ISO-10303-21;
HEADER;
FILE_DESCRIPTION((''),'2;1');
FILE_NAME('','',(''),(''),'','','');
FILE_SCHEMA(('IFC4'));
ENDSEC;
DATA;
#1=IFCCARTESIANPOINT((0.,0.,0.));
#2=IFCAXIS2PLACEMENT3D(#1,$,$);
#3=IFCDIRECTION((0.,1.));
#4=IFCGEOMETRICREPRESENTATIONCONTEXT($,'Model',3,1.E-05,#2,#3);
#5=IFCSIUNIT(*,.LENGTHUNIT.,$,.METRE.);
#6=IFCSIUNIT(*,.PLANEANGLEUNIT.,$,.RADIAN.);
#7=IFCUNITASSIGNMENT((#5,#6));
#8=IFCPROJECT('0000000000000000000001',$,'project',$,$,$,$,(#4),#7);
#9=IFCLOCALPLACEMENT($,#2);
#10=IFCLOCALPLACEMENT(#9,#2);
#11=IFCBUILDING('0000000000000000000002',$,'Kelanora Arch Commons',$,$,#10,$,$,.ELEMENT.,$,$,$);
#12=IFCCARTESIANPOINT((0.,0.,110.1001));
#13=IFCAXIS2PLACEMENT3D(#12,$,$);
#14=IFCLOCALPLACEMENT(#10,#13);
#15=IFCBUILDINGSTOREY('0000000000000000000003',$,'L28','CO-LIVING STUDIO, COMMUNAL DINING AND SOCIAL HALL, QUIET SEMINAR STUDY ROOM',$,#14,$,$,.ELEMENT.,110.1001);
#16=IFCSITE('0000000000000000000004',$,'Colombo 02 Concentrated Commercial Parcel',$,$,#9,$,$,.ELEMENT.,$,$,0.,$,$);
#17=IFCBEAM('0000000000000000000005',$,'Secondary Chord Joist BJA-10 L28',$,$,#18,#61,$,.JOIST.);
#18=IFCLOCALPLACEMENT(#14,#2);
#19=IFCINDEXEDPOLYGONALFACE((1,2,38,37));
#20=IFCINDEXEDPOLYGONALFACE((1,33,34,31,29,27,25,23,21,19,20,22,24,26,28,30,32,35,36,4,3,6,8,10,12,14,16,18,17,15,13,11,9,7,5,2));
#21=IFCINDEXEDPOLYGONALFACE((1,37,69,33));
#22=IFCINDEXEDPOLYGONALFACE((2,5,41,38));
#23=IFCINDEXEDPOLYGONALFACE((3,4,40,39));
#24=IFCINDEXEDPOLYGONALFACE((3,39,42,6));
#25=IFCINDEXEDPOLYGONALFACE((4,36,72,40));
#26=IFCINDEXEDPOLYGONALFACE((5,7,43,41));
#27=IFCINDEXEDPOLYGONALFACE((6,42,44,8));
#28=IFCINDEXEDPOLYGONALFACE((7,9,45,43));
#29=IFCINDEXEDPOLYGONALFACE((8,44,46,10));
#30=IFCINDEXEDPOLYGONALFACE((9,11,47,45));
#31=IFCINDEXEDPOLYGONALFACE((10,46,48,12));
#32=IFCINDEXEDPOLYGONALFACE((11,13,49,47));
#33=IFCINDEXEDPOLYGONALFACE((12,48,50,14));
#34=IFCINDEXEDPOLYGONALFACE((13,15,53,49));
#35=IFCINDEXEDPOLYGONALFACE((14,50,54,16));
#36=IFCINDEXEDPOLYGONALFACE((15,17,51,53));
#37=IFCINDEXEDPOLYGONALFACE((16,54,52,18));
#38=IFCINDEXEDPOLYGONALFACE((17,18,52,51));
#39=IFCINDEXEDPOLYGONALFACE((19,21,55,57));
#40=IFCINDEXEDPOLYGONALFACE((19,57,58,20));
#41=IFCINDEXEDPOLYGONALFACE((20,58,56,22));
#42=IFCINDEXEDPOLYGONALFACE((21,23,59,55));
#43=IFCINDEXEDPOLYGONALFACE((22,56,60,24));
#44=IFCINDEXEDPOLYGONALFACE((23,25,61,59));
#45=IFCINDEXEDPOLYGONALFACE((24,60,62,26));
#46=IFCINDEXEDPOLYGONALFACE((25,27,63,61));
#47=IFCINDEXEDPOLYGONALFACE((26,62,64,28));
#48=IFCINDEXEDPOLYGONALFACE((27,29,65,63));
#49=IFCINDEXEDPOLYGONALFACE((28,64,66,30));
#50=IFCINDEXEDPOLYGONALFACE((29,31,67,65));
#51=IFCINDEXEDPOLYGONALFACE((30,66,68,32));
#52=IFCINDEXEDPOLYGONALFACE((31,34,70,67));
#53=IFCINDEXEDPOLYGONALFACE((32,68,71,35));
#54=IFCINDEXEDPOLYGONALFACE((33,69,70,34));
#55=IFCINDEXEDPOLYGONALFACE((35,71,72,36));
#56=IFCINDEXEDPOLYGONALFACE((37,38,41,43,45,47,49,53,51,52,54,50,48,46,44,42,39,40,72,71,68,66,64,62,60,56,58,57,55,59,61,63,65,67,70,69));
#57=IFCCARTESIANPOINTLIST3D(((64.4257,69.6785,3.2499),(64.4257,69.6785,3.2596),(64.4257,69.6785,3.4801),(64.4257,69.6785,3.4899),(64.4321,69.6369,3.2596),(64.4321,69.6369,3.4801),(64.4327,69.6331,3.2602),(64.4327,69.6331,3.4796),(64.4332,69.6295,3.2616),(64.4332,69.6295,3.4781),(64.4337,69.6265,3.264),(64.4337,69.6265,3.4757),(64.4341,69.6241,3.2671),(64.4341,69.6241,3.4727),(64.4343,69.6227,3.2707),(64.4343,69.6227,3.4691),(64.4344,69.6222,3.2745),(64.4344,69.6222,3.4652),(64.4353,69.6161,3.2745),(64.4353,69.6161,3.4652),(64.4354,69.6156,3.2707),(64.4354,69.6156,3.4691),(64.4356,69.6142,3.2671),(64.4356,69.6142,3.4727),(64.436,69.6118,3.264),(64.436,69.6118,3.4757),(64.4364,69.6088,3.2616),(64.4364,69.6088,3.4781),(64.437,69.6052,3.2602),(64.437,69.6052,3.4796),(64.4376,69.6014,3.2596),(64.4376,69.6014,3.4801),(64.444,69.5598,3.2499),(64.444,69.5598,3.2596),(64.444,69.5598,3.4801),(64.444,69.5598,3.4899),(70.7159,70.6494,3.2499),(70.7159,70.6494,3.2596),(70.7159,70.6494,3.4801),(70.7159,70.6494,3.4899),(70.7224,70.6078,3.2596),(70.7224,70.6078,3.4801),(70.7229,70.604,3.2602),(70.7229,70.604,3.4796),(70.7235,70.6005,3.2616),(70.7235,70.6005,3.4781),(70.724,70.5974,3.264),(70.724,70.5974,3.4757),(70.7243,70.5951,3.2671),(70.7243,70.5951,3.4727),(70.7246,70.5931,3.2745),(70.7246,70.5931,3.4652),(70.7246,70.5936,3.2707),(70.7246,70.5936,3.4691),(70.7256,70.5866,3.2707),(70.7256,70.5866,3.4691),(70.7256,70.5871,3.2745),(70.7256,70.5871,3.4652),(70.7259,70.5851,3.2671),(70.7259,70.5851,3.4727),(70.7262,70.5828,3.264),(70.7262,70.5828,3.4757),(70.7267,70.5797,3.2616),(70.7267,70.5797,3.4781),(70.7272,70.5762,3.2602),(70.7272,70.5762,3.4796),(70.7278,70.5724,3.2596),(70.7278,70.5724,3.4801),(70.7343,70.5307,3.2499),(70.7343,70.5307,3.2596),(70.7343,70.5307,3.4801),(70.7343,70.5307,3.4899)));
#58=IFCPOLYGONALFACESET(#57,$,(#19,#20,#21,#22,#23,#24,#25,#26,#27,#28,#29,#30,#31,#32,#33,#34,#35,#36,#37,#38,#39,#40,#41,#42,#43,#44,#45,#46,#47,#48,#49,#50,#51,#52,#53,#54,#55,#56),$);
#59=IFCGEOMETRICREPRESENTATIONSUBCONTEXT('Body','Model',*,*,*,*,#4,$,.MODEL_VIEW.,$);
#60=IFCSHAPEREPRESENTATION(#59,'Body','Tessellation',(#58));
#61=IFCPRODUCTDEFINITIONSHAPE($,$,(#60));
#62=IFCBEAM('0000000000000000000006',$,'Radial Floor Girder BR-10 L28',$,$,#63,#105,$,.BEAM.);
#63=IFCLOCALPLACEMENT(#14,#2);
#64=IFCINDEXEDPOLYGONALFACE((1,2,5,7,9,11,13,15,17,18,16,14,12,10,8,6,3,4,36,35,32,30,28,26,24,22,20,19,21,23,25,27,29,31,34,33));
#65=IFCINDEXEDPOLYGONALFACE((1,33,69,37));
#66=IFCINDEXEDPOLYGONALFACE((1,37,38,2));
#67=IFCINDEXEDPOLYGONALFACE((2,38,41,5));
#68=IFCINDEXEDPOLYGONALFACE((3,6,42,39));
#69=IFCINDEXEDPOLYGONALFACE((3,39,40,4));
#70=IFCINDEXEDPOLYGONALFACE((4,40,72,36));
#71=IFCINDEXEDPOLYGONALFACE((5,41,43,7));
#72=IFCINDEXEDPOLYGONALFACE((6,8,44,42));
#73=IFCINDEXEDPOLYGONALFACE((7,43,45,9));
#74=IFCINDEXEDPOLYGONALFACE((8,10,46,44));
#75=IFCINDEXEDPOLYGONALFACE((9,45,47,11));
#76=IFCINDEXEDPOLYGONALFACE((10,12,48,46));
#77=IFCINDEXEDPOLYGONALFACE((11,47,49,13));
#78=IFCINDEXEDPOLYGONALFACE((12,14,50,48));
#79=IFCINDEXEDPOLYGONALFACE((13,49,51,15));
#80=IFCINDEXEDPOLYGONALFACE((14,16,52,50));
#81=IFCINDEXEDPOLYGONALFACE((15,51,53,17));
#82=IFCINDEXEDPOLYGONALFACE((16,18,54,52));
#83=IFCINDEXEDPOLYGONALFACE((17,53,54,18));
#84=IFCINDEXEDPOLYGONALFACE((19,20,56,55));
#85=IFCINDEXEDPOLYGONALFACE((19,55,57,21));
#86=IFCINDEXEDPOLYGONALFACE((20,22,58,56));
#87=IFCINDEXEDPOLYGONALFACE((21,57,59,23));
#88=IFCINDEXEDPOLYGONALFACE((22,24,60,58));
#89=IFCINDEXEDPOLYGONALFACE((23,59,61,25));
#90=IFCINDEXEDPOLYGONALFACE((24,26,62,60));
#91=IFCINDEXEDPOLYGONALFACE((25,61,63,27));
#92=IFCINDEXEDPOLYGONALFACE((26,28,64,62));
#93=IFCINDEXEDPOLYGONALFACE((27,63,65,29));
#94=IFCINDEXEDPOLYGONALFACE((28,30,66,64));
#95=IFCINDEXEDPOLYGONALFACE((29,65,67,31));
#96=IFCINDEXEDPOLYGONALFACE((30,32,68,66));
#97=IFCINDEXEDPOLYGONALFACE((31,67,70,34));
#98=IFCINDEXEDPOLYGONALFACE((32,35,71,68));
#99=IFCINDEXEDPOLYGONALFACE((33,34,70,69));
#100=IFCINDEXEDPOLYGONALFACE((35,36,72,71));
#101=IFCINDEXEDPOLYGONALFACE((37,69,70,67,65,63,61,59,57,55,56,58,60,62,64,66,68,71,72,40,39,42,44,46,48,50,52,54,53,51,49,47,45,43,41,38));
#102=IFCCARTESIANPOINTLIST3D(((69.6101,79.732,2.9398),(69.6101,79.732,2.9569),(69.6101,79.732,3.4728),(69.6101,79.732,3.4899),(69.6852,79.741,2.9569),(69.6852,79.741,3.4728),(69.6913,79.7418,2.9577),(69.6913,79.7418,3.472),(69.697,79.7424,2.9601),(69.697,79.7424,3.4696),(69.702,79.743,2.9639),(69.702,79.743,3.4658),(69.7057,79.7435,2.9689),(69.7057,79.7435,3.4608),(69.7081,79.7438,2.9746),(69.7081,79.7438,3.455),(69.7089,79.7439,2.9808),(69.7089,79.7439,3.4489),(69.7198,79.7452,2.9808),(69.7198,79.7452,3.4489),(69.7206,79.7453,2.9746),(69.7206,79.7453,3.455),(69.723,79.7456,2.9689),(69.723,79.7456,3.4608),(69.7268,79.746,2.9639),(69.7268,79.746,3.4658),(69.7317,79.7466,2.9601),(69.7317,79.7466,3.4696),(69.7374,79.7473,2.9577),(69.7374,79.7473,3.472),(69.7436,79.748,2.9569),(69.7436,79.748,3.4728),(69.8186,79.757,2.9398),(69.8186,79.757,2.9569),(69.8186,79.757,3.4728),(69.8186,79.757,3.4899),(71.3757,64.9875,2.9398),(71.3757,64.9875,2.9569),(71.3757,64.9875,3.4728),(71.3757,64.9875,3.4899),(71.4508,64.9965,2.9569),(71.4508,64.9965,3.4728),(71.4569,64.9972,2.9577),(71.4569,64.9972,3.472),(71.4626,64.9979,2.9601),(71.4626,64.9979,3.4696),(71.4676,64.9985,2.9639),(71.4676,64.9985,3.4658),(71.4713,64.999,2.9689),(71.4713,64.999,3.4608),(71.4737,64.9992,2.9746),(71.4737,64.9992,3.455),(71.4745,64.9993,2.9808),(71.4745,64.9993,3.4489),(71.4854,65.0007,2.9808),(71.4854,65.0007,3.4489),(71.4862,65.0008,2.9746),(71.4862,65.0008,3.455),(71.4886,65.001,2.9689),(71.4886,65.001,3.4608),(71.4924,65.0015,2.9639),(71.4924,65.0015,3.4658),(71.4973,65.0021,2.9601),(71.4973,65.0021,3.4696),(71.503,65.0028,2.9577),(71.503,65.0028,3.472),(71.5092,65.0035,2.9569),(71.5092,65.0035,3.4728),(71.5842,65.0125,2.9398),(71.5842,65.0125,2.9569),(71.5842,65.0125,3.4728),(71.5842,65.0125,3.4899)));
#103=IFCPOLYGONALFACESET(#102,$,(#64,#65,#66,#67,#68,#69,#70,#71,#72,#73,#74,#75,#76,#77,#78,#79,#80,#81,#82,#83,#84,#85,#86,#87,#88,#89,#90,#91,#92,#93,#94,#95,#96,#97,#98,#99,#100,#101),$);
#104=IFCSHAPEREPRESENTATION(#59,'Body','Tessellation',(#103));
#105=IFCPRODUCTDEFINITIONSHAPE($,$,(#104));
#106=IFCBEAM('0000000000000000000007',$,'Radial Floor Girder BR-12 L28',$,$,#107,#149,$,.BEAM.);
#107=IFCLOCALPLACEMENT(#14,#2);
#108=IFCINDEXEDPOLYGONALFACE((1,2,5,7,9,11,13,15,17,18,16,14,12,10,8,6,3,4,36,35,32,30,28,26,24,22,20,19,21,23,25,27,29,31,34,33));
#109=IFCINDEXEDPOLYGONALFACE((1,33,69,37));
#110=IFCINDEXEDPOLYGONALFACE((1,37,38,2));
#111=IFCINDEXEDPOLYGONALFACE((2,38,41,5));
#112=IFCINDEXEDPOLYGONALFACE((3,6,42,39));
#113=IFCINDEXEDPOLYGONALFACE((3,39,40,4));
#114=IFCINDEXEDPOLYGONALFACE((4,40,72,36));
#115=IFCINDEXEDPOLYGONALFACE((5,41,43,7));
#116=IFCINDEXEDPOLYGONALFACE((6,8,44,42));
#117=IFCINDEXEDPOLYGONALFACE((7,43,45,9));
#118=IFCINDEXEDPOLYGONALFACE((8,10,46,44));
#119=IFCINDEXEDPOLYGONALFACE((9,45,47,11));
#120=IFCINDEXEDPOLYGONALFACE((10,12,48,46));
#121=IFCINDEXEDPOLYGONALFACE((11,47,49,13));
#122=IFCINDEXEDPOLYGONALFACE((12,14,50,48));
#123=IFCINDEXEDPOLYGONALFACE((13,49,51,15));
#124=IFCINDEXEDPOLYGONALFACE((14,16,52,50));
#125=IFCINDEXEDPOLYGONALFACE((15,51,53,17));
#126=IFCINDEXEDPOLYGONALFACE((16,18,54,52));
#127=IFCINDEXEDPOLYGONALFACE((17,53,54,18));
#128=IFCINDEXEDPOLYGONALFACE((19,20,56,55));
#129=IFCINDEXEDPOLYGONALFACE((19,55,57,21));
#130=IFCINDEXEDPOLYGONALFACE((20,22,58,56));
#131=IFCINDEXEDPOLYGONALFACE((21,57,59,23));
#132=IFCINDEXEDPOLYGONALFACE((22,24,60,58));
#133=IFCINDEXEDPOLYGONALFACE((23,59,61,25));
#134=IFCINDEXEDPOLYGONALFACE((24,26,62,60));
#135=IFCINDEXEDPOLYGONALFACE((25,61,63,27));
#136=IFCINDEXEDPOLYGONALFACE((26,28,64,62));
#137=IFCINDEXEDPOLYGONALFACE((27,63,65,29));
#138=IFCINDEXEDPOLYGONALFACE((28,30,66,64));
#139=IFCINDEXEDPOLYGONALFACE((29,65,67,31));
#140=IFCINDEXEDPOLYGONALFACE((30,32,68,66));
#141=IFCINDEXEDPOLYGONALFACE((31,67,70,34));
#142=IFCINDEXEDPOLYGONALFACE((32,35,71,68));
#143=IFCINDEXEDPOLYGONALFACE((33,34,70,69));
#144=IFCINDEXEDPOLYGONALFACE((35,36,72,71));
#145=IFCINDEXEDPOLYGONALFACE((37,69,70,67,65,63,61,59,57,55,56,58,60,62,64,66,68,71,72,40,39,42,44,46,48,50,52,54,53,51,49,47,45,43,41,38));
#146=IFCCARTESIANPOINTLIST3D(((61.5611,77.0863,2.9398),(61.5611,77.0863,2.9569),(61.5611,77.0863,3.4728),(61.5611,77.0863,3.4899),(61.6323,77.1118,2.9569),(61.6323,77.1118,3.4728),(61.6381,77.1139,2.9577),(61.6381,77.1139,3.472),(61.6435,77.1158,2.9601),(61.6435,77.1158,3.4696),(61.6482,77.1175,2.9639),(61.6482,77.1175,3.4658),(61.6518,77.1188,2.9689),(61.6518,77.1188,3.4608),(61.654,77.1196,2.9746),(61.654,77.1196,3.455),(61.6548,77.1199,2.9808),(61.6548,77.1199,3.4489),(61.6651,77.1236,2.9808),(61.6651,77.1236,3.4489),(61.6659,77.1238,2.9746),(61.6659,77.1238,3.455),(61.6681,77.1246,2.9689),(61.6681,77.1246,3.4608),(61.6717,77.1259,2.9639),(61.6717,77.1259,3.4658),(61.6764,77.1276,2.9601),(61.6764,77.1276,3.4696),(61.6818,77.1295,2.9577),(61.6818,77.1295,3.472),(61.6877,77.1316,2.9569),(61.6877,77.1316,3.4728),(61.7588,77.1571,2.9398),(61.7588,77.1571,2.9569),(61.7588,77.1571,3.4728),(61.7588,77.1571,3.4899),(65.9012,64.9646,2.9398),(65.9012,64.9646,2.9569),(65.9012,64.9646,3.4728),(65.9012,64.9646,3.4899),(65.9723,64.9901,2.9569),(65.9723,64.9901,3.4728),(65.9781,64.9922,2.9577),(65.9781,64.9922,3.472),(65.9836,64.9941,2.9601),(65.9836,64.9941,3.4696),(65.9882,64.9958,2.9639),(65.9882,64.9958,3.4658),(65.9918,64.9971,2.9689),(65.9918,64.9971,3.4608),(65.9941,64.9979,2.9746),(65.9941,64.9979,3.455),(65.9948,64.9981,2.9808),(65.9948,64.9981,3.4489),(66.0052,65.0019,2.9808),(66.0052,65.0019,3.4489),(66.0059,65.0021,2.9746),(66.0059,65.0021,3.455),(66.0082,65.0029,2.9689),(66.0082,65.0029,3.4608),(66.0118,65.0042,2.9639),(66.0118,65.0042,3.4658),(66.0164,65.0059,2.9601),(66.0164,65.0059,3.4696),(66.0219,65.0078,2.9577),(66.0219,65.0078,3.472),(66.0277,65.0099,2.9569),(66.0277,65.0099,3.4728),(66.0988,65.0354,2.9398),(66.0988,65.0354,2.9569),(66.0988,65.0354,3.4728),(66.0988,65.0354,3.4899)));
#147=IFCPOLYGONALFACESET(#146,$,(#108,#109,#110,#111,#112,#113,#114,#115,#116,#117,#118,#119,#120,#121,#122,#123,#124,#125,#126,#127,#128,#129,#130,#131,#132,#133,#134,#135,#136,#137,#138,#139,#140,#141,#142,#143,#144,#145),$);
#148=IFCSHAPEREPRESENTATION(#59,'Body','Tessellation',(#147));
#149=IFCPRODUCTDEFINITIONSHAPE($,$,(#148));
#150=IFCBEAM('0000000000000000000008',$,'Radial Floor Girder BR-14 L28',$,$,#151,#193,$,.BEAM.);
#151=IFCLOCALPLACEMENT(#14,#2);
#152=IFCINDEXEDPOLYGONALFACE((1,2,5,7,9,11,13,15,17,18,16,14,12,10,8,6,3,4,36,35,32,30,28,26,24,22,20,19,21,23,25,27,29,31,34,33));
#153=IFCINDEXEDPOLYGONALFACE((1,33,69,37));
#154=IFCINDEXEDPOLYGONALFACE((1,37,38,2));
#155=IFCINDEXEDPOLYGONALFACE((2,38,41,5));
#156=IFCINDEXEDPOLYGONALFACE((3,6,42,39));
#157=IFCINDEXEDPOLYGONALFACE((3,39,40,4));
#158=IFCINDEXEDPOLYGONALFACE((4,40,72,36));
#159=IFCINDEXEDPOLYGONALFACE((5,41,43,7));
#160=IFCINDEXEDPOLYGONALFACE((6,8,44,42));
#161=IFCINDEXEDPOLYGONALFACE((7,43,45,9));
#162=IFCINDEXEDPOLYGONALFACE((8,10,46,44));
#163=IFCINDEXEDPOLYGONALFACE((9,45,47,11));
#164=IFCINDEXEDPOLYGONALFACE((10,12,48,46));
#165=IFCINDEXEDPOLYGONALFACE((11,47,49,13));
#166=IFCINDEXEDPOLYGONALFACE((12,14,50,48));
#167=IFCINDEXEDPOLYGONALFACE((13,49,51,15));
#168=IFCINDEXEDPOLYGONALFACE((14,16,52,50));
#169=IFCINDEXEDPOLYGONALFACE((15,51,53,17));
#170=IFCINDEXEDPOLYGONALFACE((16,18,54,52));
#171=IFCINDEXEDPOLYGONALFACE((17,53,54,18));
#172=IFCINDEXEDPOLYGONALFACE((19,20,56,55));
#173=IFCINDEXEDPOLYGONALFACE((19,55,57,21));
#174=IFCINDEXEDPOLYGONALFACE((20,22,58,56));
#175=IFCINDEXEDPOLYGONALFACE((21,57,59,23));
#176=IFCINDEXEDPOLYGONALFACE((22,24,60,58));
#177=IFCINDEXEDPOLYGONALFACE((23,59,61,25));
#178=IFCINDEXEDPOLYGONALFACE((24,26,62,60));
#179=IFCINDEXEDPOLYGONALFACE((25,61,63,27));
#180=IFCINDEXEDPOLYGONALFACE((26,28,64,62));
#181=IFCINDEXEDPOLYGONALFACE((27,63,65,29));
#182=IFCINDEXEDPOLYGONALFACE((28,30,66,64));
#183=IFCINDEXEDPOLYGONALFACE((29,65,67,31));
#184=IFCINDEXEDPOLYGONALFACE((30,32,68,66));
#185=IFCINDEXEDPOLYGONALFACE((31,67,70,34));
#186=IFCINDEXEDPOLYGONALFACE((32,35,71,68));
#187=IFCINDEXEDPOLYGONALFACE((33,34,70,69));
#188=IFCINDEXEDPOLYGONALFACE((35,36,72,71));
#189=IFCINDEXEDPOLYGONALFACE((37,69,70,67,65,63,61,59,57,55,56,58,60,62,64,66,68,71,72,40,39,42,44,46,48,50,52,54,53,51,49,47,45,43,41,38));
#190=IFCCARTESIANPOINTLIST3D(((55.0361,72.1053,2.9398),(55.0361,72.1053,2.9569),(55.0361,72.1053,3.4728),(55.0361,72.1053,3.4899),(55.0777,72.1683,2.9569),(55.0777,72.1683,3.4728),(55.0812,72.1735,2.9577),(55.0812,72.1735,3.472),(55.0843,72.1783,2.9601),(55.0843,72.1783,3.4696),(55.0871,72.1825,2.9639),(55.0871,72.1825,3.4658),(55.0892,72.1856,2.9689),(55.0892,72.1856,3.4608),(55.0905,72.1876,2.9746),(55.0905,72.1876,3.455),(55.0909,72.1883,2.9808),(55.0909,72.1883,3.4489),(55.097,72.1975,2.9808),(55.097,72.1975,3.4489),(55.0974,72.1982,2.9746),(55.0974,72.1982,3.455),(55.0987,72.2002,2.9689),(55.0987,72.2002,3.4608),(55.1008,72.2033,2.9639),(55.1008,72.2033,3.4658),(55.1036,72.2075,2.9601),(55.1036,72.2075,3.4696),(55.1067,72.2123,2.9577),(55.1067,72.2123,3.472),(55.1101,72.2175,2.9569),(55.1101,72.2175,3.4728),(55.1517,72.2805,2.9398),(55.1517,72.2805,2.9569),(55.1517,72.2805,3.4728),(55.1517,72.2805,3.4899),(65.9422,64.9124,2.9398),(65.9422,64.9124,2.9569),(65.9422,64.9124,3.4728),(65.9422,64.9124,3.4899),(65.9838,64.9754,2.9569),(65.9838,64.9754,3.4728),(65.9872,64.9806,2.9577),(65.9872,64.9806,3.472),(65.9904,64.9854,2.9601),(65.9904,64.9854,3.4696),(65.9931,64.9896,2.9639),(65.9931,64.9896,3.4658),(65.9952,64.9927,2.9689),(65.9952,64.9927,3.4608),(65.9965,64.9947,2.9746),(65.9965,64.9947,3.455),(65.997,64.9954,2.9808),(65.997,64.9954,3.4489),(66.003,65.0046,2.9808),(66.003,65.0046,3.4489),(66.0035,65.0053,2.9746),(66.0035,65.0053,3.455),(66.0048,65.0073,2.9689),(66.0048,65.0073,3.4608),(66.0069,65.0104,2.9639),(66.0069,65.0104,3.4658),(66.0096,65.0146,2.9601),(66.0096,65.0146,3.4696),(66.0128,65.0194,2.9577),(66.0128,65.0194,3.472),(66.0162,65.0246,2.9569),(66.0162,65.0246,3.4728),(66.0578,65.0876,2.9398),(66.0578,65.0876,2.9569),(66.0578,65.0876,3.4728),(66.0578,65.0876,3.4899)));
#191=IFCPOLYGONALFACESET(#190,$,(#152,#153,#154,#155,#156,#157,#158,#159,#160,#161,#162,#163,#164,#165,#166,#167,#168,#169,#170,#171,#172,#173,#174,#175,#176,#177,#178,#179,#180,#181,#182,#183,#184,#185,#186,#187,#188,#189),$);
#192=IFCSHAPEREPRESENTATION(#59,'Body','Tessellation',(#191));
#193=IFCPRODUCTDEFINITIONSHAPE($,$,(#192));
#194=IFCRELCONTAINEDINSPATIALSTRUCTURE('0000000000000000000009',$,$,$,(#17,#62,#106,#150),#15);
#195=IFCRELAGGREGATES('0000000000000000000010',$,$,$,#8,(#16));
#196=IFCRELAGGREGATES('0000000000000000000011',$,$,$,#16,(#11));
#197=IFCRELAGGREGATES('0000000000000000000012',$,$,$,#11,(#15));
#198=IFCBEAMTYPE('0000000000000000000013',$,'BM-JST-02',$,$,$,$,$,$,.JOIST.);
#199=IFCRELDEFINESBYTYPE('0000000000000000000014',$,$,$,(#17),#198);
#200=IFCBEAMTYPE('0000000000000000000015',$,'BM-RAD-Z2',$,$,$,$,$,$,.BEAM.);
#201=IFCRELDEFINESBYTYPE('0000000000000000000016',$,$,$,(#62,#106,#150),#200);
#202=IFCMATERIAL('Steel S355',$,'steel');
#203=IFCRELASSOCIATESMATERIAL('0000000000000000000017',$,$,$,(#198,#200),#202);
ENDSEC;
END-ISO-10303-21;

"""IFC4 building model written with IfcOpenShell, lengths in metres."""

from ifc_helpers import new_model, si_unit, direction, frame, origin, origin_2d, place, context, subcontext, project, spatial, i_section, extrude, material, material_profile, profile_set, type_object, element, save


model = new_model("IFC4")

# Units and contexts
model_context = context("Model", 3, precision=1e-05, world=origin(), true_north=direction((0.0, 1.0)))
body_context = subcontext(model_context, "Body", "Model", "MODEL_VIEW")
ifc_project = project(units=[si_unit("LENGTHUNIT", "METRE"), si_unit("PLANEANGLEUNIT", "RADIAN")], contexts=[model_context])

# Site, building, storey
site_placement = place(None, origin())
site = spatial("IfcSite", under=ifc_project, at=site_placement, Name="Colombo 02 Concentrated Commercial Parcel", CompositionType="ELEMENT", RefElevation=0.0)
building_placement = place(site_placement, origin())
building = spatial("IfcBuilding", under=site, at=building_placement, Name="Kelanora Arch Commons", CompositionType="ELEMENT")
storey_placement = place(building_placement, frame((0.0, 0.0, 110.1001)))
storey = spatial("IfcBuildingStorey", under=building, at=storey_placement, Name="L28", Description="CO-LIVING STUDIO, COMMUNAL DINING AND SOCIAL HALL, QUIET SEMINAR STUDY ROOM", CompositionType="ELEMENT", Elevation=110.1001)

# Beams
ifc_material_1 = material(Name="Steel S355", Category="steel")
ifc_material_profile_1 = material_profile(ifc_material_1, i_section(OverallWidth=0.1201, OverallDepth=0.24, WebThickness=0.0061, FlangeThickness=0.0098, FilletRadius=0.0149, at=origin_2d()), Name="IPE240")
ifc_profile_set_1 = profile_set([ifc_material_profile_1], Name="Steel S355")
beam_type_1 = type_object("IfcBeamType", Name="BM-JST-02", PredefinedType="JOIST", material=ifc_profile_set_1)
beam_1_placement = place(storey_placement, frame((70.7251, 70.5901, 3.3699), z_axis=(-0.988296, -0.15255, 0.0), x_axis=(0.15255, -0.988296, 0.0)))
element("IfcBeam", 1, at=beam_1_placement, inside=storey, type_object=beam_type_1, Name="Secondary Chord Joist BJA-10 L28", PredefinedType="JOIST", context=body_context, shape_type="SweptSolid", body=[
    extrude(i_section(OverallWidth=0.1201, OverallDepth=0.24, WebThickness=0.0061, FlangeThickness=0.0098, FilletRadius=0.0149, at=origin_2d()), origin(), (0.0, 0.0, 1.0), 6.3647),
])
ifc_material_profile_2 = material_profile(ifc_material_1, i_section(OverallWidth=0.21, OverallDepth=0.55, WebThickness=0.011, FlangeThickness=0.0171, FilletRadius=0.0239, at=origin_2d()), Name="IPE550")
ifc_profile_set_2 = profile_set([ifc_material_profile_2], Name="Steel S355")
beam_type_2 = type_object("IfcBeamType", Name="BM-RAD-Z2", PredefinedType="BEAM", material=ifc_profile_set_2)
beam_2_placement = place(storey_placement, frame((71.48, 65.0, 3.2148), z_axis=(-0.118898, 0.992907, 0.0), x_axis=(-0.992907, -0.118898, 0.0)))
element("IfcBeam", 2, at=beam_2_placement, inside=storey, type_object=beam_type_2, Name="Radial Floor Girder BR-10 L28", PredefinedType="BEAM", context=body_context, shape_type="SweptSolid", body=[
    extrude(i_section(OverallWidth=0.21, OverallDepth=0.55, WebThickness=0.011, FlangeThickness=0.0171, FilletRadius=0.0239, at=origin_2d()), origin(), (0.0, 0.0, 1.0), 14.8499),
])
beam_3_placement = place(storey_placement, frame((66.0, 65.0, 3.2148), z_axis=(-0.337085, 0.941474, 0.0), x_axis=(-0.941474, -0.337085, 0.0)))
element("IfcBeam", 3, at=beam_3_placement, inside=storey, type_object=beam_type_2, Name="Radial Floor Girder BR-12 L28", PredefinedType="BEAM", context=body_context, shape_type="SweptSolid", body=[
    extrude(i_section(OverallWidth=0.21, OverallDepth=0.55, WebThickness=0.011, FlangeThickness=0.0171, FilletRadius=0.0239, at=origin_2d()), origin(), (0.0, 0.0, 1.0), 12.8752),
])
beam_4_placement = place(storey_placement, frame((66.0, 65.0, 3.2148), z_axis=(-0.834789, 0.550571, 0.0), x_axis=(-0.550571, -0.834789, 0.0)))
element("IfcBeam", 4, at=beam_4_placement, inside=storey, type_object=beam_type_2, Name="Radial Floor Girder BR-14 L28", PredefinedType="BEAM", context=body_context, shape_type="SweptSolid", body=[
    extrude(i_section(OverallWidth=0.21, OverallDepth=0.55, WebThickness=0.011, FlangeThickness=0.0171, FilletRadius=0.0239, at=origin_2d()), origin(), (0.0, 0.0, 1.0), 13.0645),
])

save(model, "model.ifc")
